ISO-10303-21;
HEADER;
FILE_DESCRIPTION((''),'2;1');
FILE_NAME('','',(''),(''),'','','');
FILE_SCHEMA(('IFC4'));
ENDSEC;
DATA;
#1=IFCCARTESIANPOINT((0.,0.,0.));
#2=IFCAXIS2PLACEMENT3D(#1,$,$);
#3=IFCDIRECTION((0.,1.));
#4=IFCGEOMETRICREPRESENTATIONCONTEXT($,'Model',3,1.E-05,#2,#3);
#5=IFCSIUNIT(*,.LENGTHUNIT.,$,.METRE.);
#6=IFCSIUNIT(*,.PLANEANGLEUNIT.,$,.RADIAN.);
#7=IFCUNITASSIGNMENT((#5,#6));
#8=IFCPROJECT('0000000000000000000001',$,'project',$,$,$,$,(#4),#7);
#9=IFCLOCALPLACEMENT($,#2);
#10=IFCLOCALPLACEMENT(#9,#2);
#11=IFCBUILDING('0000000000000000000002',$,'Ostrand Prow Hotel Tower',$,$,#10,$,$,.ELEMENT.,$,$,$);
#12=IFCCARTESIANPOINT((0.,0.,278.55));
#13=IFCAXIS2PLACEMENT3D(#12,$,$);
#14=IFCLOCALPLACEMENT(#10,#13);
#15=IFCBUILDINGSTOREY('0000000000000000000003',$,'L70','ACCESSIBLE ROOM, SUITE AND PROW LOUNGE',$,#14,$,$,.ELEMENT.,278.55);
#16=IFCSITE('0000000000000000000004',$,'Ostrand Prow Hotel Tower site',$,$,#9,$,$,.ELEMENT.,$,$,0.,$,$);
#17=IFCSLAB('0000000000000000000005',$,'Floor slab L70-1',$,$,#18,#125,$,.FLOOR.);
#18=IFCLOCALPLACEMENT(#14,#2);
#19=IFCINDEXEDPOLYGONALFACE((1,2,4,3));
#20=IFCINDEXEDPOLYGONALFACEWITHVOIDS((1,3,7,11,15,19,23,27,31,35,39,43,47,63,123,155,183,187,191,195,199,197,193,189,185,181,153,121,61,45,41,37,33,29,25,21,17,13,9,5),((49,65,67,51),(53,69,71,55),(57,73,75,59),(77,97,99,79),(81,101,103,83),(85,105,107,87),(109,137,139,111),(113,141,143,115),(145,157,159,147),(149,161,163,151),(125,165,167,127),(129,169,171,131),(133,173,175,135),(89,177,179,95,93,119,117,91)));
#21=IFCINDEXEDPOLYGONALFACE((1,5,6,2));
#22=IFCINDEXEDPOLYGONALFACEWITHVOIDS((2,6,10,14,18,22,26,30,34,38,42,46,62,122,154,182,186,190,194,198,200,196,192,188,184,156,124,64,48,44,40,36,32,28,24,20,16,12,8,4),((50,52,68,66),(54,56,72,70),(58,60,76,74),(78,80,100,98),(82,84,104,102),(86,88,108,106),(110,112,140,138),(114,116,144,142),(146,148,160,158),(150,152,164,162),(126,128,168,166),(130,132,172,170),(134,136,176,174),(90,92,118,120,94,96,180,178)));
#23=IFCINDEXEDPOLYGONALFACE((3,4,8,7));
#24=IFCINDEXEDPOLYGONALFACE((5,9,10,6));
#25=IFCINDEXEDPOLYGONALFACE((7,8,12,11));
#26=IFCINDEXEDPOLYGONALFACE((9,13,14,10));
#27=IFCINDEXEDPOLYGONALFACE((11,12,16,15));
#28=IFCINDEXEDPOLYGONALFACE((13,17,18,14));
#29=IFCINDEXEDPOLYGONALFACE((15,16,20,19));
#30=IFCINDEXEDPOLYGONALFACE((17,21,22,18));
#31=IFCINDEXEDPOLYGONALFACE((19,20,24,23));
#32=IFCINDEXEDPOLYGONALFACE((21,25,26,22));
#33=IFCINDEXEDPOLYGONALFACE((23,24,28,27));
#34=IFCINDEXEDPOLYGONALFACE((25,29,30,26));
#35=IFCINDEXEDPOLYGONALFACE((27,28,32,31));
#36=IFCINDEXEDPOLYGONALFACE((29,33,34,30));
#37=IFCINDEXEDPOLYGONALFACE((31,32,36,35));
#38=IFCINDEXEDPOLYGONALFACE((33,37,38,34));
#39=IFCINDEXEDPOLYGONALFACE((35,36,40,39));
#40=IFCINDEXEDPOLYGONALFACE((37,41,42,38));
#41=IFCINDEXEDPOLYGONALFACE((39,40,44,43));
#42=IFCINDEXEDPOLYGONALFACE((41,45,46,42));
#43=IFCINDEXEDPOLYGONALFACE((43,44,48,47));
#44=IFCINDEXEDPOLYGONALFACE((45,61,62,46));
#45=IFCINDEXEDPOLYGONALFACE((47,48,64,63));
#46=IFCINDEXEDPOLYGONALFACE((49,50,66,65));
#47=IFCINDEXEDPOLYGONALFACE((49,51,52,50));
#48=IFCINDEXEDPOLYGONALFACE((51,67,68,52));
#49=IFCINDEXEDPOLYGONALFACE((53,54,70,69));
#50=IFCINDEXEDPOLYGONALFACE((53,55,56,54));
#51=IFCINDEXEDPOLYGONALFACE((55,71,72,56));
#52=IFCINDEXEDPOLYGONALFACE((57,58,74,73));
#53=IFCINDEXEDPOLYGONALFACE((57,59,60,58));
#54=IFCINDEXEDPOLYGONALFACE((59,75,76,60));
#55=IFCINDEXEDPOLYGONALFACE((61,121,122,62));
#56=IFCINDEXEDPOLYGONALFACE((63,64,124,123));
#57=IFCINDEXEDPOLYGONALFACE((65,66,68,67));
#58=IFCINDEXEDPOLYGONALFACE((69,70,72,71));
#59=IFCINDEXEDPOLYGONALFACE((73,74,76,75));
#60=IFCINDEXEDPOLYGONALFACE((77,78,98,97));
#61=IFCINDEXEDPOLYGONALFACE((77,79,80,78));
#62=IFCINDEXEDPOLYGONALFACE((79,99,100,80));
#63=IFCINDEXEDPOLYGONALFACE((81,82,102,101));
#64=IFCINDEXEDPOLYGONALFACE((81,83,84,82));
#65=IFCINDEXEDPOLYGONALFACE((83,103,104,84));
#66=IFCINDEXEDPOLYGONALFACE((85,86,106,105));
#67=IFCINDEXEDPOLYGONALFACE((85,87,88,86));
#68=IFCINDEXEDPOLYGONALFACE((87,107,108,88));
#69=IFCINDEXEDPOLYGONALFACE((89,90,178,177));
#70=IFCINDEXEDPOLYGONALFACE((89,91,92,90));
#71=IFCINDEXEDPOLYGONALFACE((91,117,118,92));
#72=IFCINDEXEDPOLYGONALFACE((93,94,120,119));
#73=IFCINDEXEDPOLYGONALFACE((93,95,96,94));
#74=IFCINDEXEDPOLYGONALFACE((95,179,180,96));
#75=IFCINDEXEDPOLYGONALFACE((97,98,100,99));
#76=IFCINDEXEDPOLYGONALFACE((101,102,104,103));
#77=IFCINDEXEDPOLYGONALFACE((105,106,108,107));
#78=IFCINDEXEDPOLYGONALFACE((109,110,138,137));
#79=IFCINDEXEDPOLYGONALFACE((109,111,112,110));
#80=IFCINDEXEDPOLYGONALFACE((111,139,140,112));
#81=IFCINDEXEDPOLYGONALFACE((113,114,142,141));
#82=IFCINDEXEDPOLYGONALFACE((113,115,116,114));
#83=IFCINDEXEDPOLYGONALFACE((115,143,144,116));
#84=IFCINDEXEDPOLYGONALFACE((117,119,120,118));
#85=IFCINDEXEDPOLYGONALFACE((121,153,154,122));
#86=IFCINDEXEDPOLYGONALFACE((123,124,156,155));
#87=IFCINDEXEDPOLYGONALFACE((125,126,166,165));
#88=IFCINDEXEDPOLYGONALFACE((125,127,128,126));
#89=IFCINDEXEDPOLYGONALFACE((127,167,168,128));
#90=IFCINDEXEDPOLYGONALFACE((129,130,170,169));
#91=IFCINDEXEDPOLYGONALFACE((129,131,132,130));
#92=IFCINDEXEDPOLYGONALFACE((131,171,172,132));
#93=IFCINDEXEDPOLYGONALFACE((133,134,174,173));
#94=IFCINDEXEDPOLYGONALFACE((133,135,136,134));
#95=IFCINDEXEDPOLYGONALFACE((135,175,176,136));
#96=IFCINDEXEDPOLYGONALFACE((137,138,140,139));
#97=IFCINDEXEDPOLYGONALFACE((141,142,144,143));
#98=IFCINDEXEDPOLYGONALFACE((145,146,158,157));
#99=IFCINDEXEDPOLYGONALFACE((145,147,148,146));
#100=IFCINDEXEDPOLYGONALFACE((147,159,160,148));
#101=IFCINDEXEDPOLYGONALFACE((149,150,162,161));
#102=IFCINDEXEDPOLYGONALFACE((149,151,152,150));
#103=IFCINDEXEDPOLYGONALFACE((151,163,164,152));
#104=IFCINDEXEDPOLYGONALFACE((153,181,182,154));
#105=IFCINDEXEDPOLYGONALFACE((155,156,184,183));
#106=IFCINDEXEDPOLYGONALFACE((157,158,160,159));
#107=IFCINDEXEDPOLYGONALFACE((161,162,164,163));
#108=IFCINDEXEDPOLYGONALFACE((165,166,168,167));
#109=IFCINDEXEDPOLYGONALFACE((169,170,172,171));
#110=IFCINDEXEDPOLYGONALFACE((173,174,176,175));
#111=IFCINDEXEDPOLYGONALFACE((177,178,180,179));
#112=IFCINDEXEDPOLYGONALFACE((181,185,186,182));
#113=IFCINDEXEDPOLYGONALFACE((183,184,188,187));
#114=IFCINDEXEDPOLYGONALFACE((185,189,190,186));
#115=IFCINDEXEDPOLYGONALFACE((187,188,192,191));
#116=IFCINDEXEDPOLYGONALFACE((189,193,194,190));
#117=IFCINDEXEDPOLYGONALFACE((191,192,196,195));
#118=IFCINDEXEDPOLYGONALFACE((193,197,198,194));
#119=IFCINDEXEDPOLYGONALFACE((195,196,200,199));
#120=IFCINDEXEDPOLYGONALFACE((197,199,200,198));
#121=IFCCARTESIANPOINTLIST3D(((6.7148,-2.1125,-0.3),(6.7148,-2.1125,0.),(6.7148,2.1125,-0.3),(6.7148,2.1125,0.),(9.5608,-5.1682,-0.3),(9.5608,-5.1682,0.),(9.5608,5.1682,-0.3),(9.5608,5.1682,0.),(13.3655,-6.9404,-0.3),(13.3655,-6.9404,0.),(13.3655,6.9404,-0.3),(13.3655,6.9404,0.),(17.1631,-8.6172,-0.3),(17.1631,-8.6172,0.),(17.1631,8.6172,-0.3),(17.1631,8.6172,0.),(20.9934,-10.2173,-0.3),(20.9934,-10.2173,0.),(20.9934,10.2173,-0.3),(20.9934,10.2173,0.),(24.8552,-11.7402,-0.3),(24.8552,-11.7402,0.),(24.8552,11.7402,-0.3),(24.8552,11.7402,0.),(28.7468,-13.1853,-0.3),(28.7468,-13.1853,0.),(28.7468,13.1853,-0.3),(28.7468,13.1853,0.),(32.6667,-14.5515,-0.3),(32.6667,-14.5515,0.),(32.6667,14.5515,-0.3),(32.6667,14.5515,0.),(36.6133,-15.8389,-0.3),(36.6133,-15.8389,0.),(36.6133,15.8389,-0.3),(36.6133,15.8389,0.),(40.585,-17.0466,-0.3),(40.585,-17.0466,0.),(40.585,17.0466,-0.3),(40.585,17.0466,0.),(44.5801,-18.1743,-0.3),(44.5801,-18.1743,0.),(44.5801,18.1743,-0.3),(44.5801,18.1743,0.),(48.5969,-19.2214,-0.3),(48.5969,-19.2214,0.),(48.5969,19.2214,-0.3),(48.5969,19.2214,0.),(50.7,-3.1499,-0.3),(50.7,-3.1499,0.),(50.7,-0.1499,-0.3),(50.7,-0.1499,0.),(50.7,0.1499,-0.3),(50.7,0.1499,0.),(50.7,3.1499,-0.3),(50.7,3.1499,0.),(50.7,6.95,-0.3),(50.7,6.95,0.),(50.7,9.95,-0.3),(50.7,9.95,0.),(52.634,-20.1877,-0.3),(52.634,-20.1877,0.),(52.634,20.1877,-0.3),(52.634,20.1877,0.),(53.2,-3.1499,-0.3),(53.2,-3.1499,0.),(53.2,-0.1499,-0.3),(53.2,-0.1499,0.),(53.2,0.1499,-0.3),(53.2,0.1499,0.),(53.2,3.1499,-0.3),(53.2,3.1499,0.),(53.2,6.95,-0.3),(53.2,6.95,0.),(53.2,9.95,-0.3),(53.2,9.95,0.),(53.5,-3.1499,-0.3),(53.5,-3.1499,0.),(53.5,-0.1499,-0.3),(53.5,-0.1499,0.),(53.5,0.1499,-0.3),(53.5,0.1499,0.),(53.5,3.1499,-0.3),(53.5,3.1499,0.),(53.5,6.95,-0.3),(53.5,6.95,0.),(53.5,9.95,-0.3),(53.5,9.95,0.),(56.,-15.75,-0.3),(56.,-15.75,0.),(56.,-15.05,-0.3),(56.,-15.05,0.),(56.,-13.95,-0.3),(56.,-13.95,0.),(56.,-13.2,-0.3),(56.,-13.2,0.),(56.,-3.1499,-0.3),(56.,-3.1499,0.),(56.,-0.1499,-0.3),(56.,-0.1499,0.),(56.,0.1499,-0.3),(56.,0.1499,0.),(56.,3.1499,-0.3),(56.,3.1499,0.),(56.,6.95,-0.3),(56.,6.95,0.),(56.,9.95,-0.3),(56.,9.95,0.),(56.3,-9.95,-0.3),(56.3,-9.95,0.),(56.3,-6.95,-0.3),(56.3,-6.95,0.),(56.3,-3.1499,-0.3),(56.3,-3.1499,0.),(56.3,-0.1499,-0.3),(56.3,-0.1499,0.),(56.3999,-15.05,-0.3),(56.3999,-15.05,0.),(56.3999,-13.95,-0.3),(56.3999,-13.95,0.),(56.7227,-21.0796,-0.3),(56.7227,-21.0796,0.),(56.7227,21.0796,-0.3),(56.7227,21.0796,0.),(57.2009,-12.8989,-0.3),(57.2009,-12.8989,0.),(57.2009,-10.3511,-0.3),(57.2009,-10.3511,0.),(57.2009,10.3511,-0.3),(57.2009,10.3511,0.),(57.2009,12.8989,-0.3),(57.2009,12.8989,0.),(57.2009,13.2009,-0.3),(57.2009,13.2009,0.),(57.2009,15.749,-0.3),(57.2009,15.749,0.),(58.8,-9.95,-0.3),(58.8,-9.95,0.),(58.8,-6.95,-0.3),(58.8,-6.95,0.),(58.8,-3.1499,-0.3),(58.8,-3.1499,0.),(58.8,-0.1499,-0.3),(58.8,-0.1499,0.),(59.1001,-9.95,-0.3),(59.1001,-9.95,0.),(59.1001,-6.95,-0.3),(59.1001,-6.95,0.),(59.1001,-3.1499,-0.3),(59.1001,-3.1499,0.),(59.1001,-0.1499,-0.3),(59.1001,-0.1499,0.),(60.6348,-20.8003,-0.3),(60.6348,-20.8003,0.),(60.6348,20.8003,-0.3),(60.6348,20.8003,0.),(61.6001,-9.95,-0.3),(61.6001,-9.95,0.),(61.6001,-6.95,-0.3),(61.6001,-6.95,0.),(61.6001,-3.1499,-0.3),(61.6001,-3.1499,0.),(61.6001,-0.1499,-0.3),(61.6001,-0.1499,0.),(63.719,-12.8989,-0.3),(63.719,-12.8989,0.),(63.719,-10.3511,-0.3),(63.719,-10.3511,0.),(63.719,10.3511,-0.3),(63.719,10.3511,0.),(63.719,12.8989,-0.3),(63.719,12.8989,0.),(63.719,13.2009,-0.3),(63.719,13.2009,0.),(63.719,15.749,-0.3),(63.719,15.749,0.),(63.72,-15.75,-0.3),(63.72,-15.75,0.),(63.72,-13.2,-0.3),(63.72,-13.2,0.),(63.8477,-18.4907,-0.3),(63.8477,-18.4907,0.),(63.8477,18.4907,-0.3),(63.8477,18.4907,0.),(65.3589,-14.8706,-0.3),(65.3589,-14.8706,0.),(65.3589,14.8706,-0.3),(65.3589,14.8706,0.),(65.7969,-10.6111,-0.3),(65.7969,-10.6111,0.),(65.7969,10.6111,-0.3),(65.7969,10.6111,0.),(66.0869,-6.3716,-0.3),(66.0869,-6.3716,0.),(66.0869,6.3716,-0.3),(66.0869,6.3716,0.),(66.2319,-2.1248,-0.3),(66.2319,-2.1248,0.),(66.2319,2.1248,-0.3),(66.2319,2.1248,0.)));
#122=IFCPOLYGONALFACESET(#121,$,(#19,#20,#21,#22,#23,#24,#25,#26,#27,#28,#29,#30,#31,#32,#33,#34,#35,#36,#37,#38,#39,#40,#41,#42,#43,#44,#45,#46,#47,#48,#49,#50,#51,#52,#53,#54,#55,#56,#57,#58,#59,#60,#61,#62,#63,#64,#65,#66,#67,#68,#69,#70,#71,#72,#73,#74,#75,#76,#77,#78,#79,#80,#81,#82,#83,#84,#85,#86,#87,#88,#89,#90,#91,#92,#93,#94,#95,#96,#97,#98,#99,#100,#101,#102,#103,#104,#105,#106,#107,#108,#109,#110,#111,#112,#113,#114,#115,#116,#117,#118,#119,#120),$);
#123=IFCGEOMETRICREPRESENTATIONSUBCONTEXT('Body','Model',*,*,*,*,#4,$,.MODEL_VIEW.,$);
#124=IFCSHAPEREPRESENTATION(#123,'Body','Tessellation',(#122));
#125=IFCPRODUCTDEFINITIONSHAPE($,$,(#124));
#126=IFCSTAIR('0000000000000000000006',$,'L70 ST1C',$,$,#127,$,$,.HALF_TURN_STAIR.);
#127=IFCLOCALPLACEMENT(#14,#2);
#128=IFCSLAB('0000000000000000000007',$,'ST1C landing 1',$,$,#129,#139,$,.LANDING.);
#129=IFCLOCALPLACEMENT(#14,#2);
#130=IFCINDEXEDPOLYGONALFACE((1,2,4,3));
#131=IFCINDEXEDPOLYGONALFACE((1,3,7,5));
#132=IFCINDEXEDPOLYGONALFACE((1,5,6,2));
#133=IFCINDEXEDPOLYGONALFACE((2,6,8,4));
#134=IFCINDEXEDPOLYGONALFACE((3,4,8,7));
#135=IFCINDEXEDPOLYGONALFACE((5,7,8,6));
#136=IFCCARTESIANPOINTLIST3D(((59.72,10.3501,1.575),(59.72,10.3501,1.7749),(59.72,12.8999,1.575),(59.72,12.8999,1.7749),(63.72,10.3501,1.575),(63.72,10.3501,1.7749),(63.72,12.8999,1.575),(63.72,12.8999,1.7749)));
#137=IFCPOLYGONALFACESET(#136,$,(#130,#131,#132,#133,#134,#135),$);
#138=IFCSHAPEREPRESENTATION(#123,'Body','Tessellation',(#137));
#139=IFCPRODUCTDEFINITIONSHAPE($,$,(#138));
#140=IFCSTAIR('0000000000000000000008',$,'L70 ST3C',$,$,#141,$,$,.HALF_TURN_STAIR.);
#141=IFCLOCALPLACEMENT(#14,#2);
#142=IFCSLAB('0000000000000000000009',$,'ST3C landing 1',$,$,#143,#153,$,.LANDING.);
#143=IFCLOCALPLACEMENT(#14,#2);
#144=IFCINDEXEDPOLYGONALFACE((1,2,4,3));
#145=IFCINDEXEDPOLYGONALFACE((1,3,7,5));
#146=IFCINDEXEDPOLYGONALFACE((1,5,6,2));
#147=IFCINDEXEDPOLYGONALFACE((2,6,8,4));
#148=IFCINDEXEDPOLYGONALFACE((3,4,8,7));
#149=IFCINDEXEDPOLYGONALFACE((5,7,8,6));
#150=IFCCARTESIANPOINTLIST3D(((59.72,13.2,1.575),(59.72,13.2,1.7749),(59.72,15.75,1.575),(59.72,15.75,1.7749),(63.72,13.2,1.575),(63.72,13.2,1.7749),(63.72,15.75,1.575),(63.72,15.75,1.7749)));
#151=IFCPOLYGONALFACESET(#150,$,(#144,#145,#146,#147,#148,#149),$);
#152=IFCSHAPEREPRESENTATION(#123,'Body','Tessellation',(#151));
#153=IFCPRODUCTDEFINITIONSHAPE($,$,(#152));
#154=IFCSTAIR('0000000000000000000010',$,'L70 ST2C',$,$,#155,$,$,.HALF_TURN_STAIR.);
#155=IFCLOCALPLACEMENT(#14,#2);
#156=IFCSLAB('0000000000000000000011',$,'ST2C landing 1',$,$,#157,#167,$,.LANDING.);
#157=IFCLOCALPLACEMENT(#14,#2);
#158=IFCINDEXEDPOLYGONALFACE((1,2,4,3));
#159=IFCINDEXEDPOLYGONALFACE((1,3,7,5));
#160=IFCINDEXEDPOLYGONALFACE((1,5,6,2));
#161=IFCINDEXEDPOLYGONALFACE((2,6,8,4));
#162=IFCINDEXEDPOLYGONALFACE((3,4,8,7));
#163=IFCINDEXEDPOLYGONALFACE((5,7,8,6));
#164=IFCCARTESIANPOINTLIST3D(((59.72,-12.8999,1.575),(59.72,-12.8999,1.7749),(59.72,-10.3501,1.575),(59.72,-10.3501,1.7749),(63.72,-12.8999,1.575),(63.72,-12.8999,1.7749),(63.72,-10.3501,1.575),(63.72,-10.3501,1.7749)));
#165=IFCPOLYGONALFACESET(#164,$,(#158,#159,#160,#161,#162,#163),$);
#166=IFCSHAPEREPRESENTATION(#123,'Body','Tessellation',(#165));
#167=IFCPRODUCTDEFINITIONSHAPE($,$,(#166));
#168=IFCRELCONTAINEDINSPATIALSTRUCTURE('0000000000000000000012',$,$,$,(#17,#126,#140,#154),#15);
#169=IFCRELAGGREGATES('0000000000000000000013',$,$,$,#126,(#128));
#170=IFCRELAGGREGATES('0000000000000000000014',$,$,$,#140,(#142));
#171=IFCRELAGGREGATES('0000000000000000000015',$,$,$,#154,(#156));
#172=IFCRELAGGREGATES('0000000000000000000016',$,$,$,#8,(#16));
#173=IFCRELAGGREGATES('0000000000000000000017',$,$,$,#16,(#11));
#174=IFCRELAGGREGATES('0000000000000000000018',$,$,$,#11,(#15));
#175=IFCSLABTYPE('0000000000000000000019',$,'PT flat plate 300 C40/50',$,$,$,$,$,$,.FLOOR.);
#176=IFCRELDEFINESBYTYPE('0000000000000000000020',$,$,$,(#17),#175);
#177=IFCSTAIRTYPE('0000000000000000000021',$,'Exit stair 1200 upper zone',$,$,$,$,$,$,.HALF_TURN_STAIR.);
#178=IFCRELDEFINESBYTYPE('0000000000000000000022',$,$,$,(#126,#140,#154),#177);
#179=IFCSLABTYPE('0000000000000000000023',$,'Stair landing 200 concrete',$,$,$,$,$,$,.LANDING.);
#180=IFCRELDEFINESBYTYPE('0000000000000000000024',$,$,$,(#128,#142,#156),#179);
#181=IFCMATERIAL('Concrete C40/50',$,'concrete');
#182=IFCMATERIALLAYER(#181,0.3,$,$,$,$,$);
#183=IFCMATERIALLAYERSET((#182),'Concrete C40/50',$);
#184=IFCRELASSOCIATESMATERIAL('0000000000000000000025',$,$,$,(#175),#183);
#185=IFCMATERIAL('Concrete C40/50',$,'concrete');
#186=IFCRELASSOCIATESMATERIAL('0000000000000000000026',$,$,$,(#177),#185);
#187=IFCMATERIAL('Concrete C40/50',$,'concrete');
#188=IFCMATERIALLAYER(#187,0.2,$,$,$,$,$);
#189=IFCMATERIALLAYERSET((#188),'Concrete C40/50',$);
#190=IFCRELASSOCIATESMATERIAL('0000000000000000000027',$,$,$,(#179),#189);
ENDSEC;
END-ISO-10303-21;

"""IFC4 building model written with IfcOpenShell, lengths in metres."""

from ifc_helpers import new_model, si_unit, direction, frame, origin, place, context, subcontext, project, spatial, polyline, outline, extrude, material, layer, layer_set, type_object, element, aggregate, save


model = new_model("IFC4")

# Units and contexts
model_context = context("Model", 3, precision=1e-05, world=origin(), true_north=direction((0.0, 1.0)))
body_context = subcontext(model_context, "Body", "Model", "MODEL_VIEW")
ifc_project = project(units=[si_unit("LENGTHUNIT", "METRE"), si_unit("PLANEANGLEUNIT", "RADIAN")], contexts=[model_context])

# Site, building, storey
site_placement = place(None, origin())
site = spatial("IfcSite", under=ifc_project, at=site_placement, Name="Ostrand Prow Hotel Tower site", CompositionType="ELEMENT", RefElevation=0.0)
building_placement = place(site_placement, origin())
building = spatial("IfcBuilding", under=site, at=building_placement, Name="Ostrand Prow Hotel Tower", CompositionType="ELEMENT")
storey_placement = place(building_placement, frame((0.0, 0.0, 278.55)))
storey = spatial("IfcBuildingStorey", under=building, at=storey_placement, Name="L70", Description="ACCESSIBLE ROOM, SUITE AND PROW LOUNGE", CompositionType="ELEMENT", Elevation=278.55)

# Slab, opening
ifc_material_1 = material(Name="Concrete C40/50", Category="concrete")
ifc_layer_1 = layer(ifc_material_1, 0.3)
ifc_layer_set_1 = layer_set([ifc_layer_1], Name="Concrete C40/50")
slab_type_1 = type_object("IfcSlabType", Name="PT flat plate 300 C40/50", PredefinedType="FLOOR", material=ifc_layer_set_1)
slab_1_placement = place(storey_placement, frame((0.0, 0.0, -0.3)))
slab_1 = element("IfcSlab", 1, at=slab_1_placement, inside=storey, type_object=slab_type_1, Name="Floor slab L70-1", PredefinedType="FLOOR", context=body_context, shape_type="SweptSolid", body=[
    extrude(outline(polyline([(9.5608, 5.1682), (13.3655, 6.9404), (17.1631, 8.6172), (20.9934, 10.2173), (24.8552, 11.7402), (28.7468, 13.1853), (32.6667, 14.5515), (36.6133, 15.8389), (40.585, 17.0466), (44.5801, 18.1743), (48.5969, 19.2214), (52.634, 20.1877), (56.7227, 21.0796), (60.6348, 20.8003), (63.8477, 18.4907), (65.3589, 14.8706), (65.7969, 10.6111), (66.0869, 6.3716), (66.2319, 2.1248), (66.2319, -2.1248), (66.0869, -6.3716), (65.7969, -10.6111), (65.3589, -14.8706), (63.8477, -18.4907), (60.6348, -20.8003), (56.7227, -21.0796), (52.634, -20.1877), (48.5969, -19.2214), (44.5801, -18.1743), (40.585, -17.0466), (36.6133, -15.8389), (32.6667, -14.5515), (28.7468, -13.1853), (24.8552, -11.7402), (20.9934, -10.2173), (17.1631, -8.6172), (13.3655, -6.9404), (9.5608, -5.1682), (6.7148, -2.1125), (6.7148, 2.1125), (9.5608, 5.1682)]), holes=[polyline([(50.7, 6.95), (53.2, 6.95), (53.2, 9.95), (50.7, 9.95), (50.7, 6.95)]), polyline([(53.5, 6.95), (56.0, 6.95), (56.0, 9.95), (53.5, 9.95), (53.5, 6.95)]), polyline([(50.7, 0.1499), (53.2, 0.1499), (53.2, 3.1499), (50.7, 3.1499), (50.7, 0.1499)]), polyline([(53.5, 0.1499), (56.0, 0.1499), (56.0, 3.1499), (53.5, 3.1499), (53.5, 0.1499)]), polyline([(50.7, -3.1499), (53.2, -3.1499), (53.2, -0.1499), (50.7, -0.1499), (50.7, -3.1499)]), polyline([(53.5, -3.1499), (56.0, -3.1499), (56.0, -0.1499), (53.5, -0.1499), (53.5, -3.1499)]), polyline([(56.3, -3.1499), (58.8, -3.1499), (58.8, -0.1499), (56.3, -0.1499), (56.3, -3.1499)]), polyline([(59.1001, -3.1499), (61.6001, -3.1499), (61.6001, -0.1499), (59.1001, -0.1499), (59.1001, -3.1499)]), polyline([(56.3, -9.95), (58.8, -9.95), (58.8, -6.95), (56.3, -6.95), (56.3, -9.95)]), polyline([(59.1001, -9.95), (61.6001, -9.95), (61.6001, -6.95), (59.1001, -6.95), (59.1001, -9.95)]), polyline([(57.2009, 10.3511), (57.2009, 12.8989), (63.719, 12.8989), (63.719, 10.3511), (57.2009, 10.3511)]), polyline([(57.2009, 13.2009), (57.2009, 15.749), (63.719, 15.749), (63.719, 13.2009), (57.2009, 13.2009)]), polyline([(57.2009, -12.8989), (57.2009, -10.3511), (63.719, -10.3511), (63.719, -12.8989), (57.2009, -12.8989)]), polyline([(56.0, -13.95), (56.0, -13.2), (63.72, -13.2), (63.72, -15.75), (56.0, -15.75), (56.0, -15.05), (56.3999, -15.05), (56.3999, -13.95), (56.0, -13.95)])]), origin(), (0.0, 0.0, 1.0), 0.3),
])
opening_placement = place(slab_1_placement, origin())
element("IfcOpeningElement", 2, at=opening_placement, cuts=slab_1, PredefinedType="OPENING", context=body_context, shape_type="SweptSolid", body=[
    extrude(outline(polyline([(56.0, -13.95), (56.0, -13.2), (63.72, -13.2), (63.72, -15.75), (56.0, -15.75), (56.0, -15.05), (56.3999, -15.05), (56.3999, -13.95), (56.0, -13.95)])), origin(), (0.0, 0.0, 1.0), 0.3),
])

# Stairs, slabs
ifc_material_2 = material(Name="Concrete C40/50", Category="concrete")
stair_type = type_object("IfcStairType", Name="Exit stair 1200 upper zone", PredefinedType="HALF_TURN_STAIR", material=ifc_material_2)
stair_1_placement = place(storey_placement, origin())
stair_1 = element("IfcStair", 3, at=stair_1_placement, inside=storey, type_object=stair_type, Name="L70 ST1C", PredefinedType="HALF_TURN_STAIR")
ifc_material_3 = material(Name="Concrete C40/50", Category="concrete")
ifc_layer_2 = layer(ifc_material_3, 0.2)
ifc_layer_set_2 = layer_set([ifc_layer_2], Name="Concrete C40/50")
slab_type_2 = type_object("IfcSlabType", Name="Stair landing 200 concrete", PredefinedType="LANDING", material=ifc_layer_set_2)
slab_2_placement = place(storey_placement, frame((0.0, 0.0, 1.575)))
slab_2 = element("IfcSlab", 4, at=slab_2_placement, type_object=slab_type_2, Name="ST1C landing 1", PredefinedType="LANDING", context=body_context, shape_type="SweptSolid", body=[
    extrude(outline(polyline([(59.72, 10.3501), (63.72, 10.3501), (63.72, 12.8999), (59.72, 12.8999), (59.72, 10.3501)])), origin(), (0.0, 0.0, 1.0), 0.2),
])
aggregate(stair_1, [slab_2])
stair_2_placement = place(storey_placement, origin())
stair_2 = element("IfcStair", 5, at=stair_2_placement, inside=storey, type_object=stair_type, Name="L70 ST3C", PredefinedType="HALF_TURN_STAIR")
slab_3_placement = place(storey_placement, frame((0.0, 0.0, 1.575)))
slab_3 = element("IfcSlab", 6, at=slab_3_placement, type_object=slab_type_2, Name="ST3C landing 1", PredefinedType="LANDING", context=body_context, shape_type="SweptSolid", body=[
    extrude(outline(polyline([(59.72, 13.2), (63.72, 13.2), (63.72, 15.75), (59.72, 15.75), (59.72, 13.2)])), origin(), (0.0, 0.0, 1.0), 0.2),
])
aggregate(stair_2, [slab_3])
stair_3_placement = place(storey_placement, origin())
stair_3 = element("IfcStair", 7, at=stair_3_placement, inside=storey, type_object=stair_type, Name="L70 ST2C", PredefinedType="HALF_TURN_STAIR")
slab_4_placement = place(storey_placement, frame((0.0, 0.0, 1.575)))
slab_4 = element("IfcSlab", 8, at=slab_4_placement, type_object=slab_type_2, Name="ST2C landing 1", PredefinedType="LANDING", context=body_context, shape_type="SweptSolid", body=[
    extrude(outline(polyline([(59.72, -12.8999), (63.72, -12.8999), (63.72, -10.3501), (59.72, -10.3501), (59.72, -12.8999)])), origin(), (0.0, 0.0, 1.0), 0.2),
])
aggregate(stair_3, [slab_4])

save(model, "model.ifc")
